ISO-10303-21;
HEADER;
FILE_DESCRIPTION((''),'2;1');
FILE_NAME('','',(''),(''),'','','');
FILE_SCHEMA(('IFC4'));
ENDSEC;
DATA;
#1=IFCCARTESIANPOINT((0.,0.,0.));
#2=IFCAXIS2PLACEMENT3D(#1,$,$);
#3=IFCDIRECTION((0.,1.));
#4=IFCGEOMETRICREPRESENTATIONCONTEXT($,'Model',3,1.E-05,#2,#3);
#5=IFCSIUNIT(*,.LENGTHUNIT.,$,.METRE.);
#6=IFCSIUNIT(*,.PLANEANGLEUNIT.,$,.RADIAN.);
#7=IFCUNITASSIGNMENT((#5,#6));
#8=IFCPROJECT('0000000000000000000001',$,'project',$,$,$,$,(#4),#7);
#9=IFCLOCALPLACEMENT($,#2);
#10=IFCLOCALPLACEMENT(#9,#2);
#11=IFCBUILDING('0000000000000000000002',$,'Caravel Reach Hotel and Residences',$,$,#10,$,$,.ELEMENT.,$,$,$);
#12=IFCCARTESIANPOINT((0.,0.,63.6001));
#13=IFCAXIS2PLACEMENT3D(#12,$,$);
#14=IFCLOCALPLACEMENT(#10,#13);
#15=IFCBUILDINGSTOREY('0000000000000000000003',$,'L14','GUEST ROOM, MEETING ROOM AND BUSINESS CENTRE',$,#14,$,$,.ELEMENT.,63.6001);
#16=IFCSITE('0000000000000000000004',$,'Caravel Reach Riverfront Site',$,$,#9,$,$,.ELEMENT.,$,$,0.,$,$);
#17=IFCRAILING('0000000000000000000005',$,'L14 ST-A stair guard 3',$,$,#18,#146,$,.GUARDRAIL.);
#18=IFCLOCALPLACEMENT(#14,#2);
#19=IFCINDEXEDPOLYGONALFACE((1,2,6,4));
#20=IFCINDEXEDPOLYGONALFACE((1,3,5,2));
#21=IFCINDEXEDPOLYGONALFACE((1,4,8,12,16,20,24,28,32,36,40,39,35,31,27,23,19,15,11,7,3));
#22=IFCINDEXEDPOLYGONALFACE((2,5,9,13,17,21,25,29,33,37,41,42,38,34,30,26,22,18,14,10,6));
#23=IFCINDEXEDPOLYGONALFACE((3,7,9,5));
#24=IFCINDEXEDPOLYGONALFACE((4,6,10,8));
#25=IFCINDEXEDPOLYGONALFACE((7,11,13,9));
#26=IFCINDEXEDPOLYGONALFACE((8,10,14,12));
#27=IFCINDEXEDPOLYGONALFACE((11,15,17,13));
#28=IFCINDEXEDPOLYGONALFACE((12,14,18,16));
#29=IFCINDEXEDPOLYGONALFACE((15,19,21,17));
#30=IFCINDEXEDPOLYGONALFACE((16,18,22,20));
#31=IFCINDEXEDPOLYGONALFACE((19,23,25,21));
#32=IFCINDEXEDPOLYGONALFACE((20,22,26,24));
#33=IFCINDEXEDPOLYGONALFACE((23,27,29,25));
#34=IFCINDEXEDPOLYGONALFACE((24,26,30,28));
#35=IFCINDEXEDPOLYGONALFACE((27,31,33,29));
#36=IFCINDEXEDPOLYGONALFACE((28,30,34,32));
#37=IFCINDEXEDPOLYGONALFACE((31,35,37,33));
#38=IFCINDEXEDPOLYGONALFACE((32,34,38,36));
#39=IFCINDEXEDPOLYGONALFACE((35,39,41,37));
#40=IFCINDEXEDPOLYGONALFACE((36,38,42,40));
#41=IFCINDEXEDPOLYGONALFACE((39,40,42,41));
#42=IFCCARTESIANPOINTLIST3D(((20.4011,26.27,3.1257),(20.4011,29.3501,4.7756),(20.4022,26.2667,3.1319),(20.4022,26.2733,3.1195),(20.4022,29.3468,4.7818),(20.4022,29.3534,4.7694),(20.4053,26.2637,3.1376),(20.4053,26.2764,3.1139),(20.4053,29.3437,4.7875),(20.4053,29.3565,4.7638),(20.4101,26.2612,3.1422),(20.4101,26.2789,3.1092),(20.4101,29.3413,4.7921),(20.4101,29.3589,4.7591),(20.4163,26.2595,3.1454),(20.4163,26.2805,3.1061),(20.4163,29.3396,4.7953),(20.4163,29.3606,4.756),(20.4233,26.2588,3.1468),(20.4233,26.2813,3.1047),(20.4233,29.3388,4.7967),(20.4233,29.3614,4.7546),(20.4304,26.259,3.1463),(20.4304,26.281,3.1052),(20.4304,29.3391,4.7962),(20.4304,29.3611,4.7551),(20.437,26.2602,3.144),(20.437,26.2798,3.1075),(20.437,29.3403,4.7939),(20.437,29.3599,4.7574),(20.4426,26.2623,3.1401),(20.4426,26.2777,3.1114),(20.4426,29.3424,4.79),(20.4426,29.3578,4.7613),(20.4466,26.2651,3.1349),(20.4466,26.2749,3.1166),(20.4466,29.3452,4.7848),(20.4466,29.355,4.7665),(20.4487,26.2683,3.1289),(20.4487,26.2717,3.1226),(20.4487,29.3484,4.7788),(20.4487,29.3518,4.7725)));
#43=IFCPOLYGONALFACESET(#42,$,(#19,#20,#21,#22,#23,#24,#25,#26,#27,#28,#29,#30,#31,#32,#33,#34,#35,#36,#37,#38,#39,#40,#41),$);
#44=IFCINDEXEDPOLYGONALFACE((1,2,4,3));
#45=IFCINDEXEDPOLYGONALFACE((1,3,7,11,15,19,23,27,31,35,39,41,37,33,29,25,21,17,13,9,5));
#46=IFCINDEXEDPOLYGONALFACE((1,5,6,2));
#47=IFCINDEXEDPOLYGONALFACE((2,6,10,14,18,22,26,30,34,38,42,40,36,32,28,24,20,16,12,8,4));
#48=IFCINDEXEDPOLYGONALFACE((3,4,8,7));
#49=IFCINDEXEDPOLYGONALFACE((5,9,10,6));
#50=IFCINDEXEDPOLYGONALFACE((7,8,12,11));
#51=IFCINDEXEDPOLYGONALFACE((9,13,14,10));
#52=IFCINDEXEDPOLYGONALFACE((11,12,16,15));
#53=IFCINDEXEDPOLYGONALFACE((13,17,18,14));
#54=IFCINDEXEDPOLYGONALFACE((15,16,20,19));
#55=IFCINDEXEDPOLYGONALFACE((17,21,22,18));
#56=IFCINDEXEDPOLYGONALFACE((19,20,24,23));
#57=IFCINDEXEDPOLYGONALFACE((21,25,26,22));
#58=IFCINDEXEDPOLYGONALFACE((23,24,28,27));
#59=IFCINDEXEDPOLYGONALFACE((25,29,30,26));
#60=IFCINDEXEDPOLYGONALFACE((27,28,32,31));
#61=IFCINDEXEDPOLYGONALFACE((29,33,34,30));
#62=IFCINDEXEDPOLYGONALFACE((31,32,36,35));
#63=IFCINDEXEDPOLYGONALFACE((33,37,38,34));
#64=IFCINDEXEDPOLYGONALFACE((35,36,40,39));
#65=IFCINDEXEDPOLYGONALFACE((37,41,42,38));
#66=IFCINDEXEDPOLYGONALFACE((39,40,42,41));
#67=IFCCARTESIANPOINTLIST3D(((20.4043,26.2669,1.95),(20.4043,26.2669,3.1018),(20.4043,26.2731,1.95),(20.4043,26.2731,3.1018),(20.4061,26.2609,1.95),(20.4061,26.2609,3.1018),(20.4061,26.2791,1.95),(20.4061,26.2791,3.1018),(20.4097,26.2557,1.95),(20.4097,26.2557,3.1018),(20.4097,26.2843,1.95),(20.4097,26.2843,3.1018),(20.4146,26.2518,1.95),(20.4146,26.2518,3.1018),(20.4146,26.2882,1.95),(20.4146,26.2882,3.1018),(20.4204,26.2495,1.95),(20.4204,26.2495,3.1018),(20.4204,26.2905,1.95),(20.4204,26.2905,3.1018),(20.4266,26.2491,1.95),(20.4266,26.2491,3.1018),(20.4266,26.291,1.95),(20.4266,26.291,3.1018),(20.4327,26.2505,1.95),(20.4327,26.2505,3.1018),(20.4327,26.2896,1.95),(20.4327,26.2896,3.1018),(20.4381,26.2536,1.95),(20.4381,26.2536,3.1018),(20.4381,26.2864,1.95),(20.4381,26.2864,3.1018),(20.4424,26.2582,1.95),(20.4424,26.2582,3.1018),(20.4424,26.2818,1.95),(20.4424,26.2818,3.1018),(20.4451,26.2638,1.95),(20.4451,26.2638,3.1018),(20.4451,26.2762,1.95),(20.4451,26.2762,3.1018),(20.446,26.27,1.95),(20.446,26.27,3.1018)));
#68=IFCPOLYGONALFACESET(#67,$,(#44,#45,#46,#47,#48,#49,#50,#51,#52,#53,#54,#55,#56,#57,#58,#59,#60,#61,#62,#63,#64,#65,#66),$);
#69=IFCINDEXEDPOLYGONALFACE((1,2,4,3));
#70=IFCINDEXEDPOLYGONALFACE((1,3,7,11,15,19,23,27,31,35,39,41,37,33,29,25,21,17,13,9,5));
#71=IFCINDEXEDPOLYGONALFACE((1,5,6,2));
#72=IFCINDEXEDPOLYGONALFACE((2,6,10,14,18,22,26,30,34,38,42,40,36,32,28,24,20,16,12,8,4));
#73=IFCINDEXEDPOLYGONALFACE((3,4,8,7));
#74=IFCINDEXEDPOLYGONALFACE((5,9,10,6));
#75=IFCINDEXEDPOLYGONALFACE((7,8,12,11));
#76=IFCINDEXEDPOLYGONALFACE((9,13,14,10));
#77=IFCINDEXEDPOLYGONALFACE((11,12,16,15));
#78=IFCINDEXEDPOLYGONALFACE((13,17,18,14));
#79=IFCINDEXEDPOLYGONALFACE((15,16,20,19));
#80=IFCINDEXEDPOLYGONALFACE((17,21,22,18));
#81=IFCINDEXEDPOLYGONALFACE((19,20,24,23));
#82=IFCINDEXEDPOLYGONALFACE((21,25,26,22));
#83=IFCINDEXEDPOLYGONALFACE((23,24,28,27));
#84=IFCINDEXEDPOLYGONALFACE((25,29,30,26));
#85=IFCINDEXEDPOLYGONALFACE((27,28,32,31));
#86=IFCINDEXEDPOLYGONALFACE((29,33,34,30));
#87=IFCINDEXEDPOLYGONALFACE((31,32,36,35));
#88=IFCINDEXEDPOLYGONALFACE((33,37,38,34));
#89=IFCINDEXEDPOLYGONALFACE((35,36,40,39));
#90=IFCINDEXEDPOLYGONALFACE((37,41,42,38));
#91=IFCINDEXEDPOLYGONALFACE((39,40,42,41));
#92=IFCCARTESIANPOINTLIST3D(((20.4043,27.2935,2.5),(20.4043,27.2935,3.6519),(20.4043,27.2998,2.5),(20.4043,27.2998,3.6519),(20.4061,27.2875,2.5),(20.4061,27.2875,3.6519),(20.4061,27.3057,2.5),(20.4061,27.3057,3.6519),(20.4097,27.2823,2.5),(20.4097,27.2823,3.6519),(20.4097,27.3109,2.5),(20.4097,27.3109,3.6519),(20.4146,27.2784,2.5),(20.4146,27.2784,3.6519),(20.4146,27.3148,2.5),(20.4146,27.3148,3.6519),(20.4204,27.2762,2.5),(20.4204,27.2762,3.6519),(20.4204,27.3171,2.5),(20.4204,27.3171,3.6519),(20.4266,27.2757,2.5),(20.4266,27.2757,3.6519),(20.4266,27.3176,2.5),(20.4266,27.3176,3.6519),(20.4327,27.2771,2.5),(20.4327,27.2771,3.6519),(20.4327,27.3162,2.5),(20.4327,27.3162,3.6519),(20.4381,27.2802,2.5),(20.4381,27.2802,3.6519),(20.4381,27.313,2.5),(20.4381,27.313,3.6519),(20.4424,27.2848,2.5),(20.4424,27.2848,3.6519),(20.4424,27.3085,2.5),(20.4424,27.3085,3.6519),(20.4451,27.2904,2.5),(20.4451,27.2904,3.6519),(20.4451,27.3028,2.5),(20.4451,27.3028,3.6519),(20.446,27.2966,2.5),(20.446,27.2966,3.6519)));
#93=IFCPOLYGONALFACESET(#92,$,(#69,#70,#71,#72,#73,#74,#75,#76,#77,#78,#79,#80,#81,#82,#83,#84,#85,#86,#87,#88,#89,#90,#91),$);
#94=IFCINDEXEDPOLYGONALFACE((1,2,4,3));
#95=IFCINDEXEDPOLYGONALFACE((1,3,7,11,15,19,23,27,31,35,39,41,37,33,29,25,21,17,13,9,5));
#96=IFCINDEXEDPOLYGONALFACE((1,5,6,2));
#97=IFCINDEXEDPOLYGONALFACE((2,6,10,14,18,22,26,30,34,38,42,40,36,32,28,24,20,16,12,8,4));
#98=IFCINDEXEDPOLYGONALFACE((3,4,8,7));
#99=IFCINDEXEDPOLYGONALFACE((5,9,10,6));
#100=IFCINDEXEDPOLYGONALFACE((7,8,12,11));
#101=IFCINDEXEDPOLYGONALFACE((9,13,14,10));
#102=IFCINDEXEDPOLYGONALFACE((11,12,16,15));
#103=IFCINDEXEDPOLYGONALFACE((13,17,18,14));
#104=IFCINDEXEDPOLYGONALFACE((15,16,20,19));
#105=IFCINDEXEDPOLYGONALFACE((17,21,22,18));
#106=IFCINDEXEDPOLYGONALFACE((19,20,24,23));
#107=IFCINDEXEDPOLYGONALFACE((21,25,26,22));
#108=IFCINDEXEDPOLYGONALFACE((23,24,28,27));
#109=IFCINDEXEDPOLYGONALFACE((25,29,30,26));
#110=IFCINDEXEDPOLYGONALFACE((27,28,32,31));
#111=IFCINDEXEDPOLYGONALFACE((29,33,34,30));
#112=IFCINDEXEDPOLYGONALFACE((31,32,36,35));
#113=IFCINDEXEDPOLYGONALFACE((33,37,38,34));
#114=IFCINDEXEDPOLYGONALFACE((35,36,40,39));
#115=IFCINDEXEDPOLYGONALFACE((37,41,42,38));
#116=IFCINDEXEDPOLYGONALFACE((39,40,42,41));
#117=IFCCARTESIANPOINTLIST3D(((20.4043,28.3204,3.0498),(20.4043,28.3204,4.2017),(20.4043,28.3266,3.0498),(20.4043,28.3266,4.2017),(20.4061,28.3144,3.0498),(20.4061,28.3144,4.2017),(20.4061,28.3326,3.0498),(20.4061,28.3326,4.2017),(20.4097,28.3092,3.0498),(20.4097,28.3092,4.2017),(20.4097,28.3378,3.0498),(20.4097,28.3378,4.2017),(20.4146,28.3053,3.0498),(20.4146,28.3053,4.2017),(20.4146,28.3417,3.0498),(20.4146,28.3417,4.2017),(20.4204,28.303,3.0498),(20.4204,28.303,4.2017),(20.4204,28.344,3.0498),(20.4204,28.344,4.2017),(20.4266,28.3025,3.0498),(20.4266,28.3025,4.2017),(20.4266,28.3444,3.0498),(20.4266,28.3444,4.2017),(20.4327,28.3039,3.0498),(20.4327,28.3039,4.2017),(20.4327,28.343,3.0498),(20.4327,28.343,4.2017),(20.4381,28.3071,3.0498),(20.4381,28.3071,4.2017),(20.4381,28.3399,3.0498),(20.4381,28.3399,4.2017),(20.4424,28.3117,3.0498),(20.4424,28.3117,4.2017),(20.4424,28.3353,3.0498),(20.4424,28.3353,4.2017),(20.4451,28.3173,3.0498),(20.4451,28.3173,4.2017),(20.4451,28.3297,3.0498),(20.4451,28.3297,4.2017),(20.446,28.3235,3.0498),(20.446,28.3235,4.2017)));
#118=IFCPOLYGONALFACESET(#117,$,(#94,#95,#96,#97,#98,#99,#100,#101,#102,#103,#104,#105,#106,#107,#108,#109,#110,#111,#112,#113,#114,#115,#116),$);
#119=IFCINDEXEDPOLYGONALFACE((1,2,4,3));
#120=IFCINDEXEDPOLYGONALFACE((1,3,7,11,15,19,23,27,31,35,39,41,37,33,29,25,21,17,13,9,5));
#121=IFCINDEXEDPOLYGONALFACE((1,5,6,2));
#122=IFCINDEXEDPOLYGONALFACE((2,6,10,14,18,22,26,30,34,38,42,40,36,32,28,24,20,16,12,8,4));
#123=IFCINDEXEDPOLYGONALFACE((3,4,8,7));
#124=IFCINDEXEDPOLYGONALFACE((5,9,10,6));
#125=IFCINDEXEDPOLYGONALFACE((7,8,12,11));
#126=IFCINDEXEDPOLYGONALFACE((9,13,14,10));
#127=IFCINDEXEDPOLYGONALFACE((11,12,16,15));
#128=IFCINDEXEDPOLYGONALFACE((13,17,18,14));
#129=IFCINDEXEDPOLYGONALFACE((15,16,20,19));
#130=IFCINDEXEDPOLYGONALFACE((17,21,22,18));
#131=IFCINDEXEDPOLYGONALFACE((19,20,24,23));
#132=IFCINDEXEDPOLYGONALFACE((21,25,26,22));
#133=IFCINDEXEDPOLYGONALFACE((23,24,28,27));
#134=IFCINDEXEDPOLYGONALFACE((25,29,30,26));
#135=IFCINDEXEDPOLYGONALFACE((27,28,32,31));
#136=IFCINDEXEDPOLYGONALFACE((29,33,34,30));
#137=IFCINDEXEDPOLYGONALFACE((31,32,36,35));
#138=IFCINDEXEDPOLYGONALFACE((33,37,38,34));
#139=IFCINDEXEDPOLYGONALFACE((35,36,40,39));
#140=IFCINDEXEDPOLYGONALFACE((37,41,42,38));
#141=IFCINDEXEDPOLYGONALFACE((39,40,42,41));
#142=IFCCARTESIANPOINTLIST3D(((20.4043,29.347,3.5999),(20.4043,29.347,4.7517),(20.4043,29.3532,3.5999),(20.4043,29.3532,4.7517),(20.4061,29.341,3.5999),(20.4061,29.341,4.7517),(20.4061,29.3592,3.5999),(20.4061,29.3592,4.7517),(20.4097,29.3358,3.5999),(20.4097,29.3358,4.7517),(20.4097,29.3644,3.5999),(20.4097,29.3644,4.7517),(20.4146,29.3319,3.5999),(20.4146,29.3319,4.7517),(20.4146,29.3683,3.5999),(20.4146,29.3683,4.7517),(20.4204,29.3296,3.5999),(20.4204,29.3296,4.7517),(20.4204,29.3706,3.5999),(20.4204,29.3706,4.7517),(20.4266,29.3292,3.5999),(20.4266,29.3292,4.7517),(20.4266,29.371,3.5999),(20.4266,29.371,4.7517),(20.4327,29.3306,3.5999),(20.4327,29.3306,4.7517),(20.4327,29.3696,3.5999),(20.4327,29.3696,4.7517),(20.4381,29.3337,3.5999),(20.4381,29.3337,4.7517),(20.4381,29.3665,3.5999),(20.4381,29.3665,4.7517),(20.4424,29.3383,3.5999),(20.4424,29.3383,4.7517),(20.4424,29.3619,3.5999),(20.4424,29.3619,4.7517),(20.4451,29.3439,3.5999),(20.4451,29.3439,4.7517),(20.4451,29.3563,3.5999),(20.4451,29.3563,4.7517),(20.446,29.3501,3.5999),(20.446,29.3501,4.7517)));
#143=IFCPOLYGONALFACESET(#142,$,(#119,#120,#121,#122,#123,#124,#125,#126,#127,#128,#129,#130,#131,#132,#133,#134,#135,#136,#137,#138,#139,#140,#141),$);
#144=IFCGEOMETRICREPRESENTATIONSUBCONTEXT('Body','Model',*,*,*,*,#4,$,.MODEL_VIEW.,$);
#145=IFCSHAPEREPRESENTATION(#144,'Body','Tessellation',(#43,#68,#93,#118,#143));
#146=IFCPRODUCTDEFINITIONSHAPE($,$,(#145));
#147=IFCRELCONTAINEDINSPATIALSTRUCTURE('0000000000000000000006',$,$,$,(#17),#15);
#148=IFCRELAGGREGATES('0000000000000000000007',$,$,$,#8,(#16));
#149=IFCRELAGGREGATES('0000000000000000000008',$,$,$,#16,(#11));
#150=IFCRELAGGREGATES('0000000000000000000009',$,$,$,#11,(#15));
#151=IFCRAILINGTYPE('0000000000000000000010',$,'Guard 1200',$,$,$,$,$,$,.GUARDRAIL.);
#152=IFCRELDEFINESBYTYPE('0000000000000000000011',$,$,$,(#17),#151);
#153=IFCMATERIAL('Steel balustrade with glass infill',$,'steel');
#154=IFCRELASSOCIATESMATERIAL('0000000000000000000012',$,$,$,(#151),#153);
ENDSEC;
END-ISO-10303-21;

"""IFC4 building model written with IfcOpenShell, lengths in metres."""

from ifc_helpers import new_model, si_unit, direction, frame, origin, origin_2d, place, context, subcontext, project, spatial, circle, extrude, material, type_object, element, save


model = new_model("IFC4")

# Units and contexts
model_context = context("Model", 3, precision=1e-05, world=origin(), true_north=direction((0.0, 1.0)))
body_context = subcontext(model_context, "Body", "Model", "MODEL_VIEW")
ifc_project = project(units=[si_unit("LENGTHUNIT", "METRE"), si_unit("PLANEANGLEUNIT", "RADIAN")], contexts=[model_context])

# Site, building, storey
site_placement = place(None, origin())
site = spatial("IfcSite", under=ifc_project, at=site_placement, Name="Caravel Reach Riverfront Site", CompositionType="ELEMENT", RefElevation=0.0)
building_placement = place(site_placement, origin())
building = spatial("IfcBuilding", under=site, at=building_placement, Name="Caravel Reach Hotel and Residences", CompositionType="ELEMENT")
storey_placement = place(building_placement, frame((0.0, 0.0, 63.6001)))
storey = spatial("IfcBuildingStorey", under=building, at=storey_placement, Name="L14", Description="GUEST ROOM, MEETING ROOM AND BUSINESS CENTRE", CompositionType="ELEMENT", Elevation=63.6001)

# Railing
ifc_material_1 = material(Name="Steel balustrade with glass infill", Category="steel")
railing_type_1 = type_object("IfcRailingType", Name="Guard 1200", PredefinedType="GUARDRAIL", material=ifc_material_1)
railing_1_placement = place(storey_placement, frame((20.425, 26.27, 1.95)))
element("IfcRailing", 1, at=railing_1_placement, inside=storey, type_object=railing_type_1, Name="L14 ST-A stair guard 3", PredefinedType="GUARDRAIL", context=body_context, shape_type="SweptSolid", body=[
    extrude(circle(Radius=0.0239, at=origin_2d()), frame((0.0, 0.0, 1.1758), z_axis=(0.0, 0.881497, 0.47219), x_axis=(-1.0, 0.0, 0.0)), (0.0, 0.0, 1.0), 3.4941),
    extrude(circle(Radius=0.021, at=origin_2d()), origin(), (0.0, 0.0, 1.0), 1.1519),
    extrude(circle(Radius=0.021, at=origin_2d()), frame((0.0, 1.0266, 0.55)), (0.0, 0.0, 1.0), 1.1519),
    extrude(circle(Radius=0.021, at=origin_2d()), frame((0.0, 2.0535, 1.0999)), (0.0, 0.0, 1.0), 1.1519),
    extrude(circle(Radius=0.021, at=origin_2d()), frame((0.0, 3.0801, 1.6499)), (0.0, 0.0, 1.0), 1.1519),
])

save(model, "model.ifc")
